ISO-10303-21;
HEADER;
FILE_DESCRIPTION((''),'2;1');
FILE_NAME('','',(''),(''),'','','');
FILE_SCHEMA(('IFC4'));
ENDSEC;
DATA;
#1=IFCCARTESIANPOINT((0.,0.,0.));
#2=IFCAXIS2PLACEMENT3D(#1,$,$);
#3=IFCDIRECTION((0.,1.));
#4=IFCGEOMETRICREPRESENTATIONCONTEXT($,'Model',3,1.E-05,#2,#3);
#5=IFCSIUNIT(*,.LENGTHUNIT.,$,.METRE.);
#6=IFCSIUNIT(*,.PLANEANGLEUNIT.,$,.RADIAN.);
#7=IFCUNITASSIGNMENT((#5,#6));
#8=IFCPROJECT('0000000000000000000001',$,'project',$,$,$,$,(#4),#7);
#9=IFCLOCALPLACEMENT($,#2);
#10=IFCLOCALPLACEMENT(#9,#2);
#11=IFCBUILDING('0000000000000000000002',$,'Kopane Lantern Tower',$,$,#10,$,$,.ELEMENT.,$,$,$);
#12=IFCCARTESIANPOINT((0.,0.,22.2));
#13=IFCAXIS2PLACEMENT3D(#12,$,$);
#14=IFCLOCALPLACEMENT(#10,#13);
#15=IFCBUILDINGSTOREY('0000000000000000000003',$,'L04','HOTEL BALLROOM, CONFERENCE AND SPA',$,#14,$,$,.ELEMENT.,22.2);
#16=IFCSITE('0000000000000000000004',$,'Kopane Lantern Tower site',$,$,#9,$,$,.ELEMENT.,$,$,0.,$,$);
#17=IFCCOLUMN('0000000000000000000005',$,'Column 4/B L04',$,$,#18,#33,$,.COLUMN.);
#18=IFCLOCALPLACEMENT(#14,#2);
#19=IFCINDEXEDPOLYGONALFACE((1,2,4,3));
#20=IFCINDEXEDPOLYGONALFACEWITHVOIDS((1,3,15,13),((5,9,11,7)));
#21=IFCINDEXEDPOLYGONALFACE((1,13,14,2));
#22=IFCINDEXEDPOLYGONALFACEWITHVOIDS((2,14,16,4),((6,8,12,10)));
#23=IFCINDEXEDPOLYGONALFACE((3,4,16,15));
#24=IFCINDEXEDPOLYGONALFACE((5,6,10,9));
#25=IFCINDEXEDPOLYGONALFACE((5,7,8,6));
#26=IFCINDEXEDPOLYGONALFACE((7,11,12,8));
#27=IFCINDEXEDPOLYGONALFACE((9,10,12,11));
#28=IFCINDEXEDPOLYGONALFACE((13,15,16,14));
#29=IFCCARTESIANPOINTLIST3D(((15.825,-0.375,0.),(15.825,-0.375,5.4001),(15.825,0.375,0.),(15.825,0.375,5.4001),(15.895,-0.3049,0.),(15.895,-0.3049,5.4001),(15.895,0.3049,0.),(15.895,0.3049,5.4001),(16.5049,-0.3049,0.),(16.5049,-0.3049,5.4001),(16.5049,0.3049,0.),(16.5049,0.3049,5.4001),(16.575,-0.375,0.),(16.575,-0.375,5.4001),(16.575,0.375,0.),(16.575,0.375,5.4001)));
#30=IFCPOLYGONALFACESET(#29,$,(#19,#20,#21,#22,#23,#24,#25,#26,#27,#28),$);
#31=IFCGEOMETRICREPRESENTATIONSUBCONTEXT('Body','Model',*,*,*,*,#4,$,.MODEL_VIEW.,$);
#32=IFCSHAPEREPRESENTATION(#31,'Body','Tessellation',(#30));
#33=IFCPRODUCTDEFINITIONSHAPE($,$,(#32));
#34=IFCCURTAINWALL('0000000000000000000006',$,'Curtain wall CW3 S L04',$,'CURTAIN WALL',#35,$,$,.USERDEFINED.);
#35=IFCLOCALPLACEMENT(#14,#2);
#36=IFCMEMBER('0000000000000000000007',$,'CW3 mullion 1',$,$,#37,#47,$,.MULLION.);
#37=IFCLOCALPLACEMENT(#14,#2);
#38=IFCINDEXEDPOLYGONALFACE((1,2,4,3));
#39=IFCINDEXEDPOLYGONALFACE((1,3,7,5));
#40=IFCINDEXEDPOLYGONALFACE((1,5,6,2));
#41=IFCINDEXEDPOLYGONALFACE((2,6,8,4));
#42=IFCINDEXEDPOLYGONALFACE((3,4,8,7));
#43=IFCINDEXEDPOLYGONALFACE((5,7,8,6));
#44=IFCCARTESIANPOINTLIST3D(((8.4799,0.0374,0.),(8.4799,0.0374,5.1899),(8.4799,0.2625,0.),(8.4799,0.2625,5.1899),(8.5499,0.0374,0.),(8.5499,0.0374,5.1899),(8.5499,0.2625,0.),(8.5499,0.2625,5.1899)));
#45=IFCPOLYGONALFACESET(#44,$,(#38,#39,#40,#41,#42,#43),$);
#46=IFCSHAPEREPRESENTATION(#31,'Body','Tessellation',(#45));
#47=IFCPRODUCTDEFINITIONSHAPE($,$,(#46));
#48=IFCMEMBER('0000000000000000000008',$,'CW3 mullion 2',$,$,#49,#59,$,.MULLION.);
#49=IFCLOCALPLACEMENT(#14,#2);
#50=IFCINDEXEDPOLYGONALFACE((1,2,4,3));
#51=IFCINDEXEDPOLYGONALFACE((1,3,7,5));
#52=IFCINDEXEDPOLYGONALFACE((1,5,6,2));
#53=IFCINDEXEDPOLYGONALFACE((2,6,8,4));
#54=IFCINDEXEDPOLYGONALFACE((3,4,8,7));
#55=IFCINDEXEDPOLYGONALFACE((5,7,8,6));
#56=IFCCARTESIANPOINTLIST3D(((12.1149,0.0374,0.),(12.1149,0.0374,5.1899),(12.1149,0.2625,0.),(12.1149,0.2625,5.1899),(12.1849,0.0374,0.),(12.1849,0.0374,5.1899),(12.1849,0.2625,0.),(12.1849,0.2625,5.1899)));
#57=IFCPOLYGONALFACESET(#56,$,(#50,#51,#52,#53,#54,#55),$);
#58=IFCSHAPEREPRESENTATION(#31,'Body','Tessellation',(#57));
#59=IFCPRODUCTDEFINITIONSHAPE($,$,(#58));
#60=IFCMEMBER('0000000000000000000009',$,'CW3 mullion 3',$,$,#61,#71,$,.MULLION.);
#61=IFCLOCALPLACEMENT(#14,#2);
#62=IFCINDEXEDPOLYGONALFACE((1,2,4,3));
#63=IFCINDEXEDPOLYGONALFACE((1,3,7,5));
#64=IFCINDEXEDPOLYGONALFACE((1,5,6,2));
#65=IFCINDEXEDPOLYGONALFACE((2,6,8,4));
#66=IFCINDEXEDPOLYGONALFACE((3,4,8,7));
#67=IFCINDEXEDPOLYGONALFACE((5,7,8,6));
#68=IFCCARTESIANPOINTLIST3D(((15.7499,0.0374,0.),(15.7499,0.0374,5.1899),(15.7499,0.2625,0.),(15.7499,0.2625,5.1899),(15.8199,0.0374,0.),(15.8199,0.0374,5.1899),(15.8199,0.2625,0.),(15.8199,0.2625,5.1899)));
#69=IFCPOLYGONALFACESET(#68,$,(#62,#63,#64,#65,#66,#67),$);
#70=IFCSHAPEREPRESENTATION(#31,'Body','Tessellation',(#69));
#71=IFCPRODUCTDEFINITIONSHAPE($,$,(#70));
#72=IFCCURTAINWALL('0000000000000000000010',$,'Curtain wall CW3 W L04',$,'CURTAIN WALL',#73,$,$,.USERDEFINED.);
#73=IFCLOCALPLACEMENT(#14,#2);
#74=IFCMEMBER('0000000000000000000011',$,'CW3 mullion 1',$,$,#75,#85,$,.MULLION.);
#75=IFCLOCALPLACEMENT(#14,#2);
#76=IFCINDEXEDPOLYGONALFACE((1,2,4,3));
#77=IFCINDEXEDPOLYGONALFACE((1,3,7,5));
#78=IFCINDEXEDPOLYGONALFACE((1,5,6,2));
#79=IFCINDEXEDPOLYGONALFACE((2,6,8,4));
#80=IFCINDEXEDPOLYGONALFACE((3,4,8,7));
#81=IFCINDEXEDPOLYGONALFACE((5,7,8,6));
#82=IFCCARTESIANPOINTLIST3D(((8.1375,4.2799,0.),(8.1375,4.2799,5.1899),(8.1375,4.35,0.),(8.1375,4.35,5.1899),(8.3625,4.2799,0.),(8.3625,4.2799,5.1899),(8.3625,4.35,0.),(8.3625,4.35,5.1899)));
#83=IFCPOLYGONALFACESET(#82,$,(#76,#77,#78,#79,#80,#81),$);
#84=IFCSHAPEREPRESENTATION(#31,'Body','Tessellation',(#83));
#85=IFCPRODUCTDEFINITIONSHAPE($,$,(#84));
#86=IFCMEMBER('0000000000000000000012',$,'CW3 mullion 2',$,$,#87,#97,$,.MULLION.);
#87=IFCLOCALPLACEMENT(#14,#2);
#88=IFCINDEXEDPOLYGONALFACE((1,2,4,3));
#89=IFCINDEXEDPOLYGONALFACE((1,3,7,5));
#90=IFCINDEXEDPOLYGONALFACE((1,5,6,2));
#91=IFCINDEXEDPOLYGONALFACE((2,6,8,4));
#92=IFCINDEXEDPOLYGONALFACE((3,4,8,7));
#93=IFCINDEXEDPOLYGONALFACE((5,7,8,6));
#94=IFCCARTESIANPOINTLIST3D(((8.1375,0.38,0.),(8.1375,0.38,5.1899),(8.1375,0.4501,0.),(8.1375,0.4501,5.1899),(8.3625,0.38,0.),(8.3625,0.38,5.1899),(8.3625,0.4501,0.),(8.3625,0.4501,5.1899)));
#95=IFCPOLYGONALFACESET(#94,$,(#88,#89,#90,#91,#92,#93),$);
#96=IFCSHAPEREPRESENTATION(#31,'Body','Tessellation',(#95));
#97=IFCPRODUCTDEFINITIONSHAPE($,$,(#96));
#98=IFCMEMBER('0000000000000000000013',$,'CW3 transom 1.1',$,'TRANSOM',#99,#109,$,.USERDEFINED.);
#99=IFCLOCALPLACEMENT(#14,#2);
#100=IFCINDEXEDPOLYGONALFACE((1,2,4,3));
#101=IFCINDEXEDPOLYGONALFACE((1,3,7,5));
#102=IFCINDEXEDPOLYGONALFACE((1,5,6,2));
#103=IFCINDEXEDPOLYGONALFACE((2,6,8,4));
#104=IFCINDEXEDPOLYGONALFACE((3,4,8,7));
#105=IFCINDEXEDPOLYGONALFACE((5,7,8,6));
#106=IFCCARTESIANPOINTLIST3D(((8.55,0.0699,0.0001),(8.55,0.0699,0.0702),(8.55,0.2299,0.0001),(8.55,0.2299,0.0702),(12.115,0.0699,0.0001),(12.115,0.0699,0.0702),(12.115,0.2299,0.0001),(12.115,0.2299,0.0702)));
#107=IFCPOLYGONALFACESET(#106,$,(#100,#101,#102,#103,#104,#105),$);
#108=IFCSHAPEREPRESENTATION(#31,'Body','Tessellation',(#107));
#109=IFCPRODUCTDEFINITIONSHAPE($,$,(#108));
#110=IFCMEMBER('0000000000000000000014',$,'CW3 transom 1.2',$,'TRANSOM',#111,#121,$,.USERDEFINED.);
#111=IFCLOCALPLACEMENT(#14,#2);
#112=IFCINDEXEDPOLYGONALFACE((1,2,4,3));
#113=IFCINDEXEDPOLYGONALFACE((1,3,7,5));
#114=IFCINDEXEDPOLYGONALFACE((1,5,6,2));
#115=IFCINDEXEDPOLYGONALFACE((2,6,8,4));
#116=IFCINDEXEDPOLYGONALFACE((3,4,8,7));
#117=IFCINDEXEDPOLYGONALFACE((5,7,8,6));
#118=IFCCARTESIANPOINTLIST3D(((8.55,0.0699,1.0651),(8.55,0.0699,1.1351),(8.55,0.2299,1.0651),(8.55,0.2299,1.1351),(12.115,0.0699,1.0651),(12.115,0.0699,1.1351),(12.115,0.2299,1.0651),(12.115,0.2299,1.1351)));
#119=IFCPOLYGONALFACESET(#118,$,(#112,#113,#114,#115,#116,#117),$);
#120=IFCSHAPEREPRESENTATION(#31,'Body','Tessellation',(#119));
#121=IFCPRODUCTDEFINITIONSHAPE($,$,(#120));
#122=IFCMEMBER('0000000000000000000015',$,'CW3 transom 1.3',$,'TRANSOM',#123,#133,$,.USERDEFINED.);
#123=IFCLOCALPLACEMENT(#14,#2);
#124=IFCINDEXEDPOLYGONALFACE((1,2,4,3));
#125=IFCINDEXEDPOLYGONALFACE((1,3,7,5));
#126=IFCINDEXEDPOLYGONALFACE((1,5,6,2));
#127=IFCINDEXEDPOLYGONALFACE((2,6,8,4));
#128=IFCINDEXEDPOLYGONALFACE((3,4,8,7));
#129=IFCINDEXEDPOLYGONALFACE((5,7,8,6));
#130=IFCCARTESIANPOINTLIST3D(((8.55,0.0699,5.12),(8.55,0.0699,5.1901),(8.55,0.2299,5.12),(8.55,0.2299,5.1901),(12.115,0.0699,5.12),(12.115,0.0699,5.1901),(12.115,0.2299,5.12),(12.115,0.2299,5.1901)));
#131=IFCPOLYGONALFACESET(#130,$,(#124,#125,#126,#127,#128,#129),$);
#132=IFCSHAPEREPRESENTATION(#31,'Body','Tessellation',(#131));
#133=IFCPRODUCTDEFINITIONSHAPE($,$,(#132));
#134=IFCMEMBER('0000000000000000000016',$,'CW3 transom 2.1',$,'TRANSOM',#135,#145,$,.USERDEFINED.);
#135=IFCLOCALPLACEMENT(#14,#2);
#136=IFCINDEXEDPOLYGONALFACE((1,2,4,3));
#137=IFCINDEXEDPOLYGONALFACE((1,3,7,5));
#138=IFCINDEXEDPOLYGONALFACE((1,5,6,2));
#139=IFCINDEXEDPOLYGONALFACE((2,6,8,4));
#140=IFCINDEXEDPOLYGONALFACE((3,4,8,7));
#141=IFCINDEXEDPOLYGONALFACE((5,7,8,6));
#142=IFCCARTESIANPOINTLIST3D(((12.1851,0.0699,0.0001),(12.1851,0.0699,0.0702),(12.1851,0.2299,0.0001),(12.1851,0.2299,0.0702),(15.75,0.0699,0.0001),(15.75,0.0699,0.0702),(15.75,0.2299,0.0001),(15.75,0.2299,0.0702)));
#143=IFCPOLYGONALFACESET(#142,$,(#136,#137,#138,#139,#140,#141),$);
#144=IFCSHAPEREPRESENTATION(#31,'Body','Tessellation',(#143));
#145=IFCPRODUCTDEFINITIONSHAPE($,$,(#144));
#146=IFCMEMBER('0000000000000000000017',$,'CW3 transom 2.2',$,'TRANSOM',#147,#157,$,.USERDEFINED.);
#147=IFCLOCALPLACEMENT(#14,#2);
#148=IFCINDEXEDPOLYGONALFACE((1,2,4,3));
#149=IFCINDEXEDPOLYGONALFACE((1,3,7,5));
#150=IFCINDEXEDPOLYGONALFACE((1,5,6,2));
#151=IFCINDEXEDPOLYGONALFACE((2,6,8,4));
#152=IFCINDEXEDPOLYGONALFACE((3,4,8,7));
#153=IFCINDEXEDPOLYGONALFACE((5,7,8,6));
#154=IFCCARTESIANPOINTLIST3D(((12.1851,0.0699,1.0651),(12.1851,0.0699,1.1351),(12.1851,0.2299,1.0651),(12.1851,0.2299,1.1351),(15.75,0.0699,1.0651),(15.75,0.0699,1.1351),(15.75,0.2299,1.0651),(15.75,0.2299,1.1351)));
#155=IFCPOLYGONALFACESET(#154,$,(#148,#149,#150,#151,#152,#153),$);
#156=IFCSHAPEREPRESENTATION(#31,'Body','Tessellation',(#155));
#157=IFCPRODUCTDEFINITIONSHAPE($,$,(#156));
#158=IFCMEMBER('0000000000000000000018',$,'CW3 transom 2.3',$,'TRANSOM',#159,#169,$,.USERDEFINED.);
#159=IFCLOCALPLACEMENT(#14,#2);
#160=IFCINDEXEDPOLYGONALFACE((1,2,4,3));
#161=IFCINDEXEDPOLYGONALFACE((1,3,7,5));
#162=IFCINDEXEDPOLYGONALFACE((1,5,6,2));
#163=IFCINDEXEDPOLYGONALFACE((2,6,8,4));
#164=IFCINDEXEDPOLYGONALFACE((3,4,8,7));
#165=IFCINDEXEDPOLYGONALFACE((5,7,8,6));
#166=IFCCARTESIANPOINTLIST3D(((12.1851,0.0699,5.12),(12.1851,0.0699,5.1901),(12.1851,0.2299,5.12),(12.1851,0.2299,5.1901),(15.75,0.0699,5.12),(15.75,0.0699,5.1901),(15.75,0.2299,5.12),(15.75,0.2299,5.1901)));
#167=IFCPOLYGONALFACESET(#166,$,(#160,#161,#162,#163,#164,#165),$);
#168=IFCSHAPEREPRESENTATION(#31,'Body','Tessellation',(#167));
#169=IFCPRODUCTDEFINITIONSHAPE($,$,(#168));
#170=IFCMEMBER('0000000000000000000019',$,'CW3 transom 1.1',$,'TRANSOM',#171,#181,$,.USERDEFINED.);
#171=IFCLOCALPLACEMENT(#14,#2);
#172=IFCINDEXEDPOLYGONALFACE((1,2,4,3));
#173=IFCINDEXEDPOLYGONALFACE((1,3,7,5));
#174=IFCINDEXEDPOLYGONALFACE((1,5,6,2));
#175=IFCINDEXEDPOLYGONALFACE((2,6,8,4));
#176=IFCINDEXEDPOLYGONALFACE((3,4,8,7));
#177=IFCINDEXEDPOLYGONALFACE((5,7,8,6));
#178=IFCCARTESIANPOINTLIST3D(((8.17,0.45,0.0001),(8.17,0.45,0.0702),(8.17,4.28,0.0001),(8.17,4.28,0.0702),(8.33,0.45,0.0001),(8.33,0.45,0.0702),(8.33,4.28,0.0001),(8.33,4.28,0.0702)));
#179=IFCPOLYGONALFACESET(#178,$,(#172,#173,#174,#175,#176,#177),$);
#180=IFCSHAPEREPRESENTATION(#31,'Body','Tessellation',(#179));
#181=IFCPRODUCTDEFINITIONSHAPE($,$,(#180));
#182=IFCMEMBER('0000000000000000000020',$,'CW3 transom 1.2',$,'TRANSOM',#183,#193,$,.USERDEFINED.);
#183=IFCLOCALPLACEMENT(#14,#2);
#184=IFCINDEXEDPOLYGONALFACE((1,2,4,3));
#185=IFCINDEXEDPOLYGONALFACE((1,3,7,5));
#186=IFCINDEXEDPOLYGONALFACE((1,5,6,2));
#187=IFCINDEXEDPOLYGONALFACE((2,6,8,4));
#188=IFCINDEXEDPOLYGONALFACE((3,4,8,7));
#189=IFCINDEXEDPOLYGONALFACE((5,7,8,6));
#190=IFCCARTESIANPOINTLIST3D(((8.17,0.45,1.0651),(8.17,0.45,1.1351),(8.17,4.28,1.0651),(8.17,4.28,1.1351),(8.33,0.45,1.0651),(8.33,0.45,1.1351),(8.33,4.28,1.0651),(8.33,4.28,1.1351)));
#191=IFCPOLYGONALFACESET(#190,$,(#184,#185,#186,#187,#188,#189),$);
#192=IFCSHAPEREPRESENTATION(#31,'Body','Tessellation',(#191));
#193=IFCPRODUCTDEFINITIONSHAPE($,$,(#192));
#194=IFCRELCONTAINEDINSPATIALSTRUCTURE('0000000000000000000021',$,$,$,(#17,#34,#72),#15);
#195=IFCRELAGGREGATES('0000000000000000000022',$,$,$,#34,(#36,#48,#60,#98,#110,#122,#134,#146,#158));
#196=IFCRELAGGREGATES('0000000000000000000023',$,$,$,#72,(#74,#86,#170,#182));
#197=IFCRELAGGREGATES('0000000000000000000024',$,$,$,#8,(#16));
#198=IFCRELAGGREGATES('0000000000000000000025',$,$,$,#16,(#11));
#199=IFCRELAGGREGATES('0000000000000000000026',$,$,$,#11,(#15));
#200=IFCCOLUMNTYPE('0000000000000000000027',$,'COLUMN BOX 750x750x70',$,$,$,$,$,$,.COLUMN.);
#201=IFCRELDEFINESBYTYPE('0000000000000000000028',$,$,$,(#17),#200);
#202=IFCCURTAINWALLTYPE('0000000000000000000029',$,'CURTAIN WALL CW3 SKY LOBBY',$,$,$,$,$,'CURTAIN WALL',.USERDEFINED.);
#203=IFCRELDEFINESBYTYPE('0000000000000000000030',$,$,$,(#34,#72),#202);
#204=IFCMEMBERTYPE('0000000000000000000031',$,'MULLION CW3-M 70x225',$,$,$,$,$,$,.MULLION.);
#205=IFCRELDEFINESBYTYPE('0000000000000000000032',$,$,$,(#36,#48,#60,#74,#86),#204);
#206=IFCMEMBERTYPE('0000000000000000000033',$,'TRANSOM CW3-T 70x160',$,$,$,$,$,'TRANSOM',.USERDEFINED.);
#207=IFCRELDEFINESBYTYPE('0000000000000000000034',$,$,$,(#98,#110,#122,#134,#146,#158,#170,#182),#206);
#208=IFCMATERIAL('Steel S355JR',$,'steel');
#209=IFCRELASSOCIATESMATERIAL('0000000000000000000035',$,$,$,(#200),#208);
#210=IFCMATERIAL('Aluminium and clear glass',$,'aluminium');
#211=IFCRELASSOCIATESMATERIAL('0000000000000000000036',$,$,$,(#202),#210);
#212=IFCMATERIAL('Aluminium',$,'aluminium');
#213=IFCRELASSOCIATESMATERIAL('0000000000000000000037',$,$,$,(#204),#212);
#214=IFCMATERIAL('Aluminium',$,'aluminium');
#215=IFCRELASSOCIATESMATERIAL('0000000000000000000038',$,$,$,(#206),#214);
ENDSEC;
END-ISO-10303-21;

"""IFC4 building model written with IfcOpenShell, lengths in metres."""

from ifc_helpers import new_model, si_unit, direction, frame, origin, origin_2d, place, context, subcontext, project, spatial, rectangle, hollow_rectangle, extrude, material, material_profile, profile_set, type_object, element, aggregate, save


model = new_model("IFC4")

# Units and contexts
model_context = context("Model", 3, precision=1e-05, world=origin(), true_north=direction((0.0, 1.0)))
body_context = subcontext(model_context, "Body", "Model", "MODEL_VIEW")
ifc_project = project(units=[si_unit("LENGTHUNIT", "METRE"), si_unit("PLANEANGLEUNIT", "RADIAN")], contexts=[model_context])

# Site, building, storey
site_placement = place(None, origin())
site = spatial("IfcSite", under=ifc_project, at=site_placement, Name="Kopane Lantern Tower site", CompositionType="ELEMENT", RefElevation=0.0)
building_placement = place(site_placement, origin())
building = spatial("IfcBuilding", under=site, at=building_placement, Name="Kopane Lantern Tower", CompositionType="ELEMENT")
storey_placement = place(building_placement, frame((0.0, 0.0, 22.2)))
storey = spatial("IfcBuildingStorey", under=building, at=storey_placement, Name="L04", Description="HOTEL BALLROOM, CONFERENCE AND SPA", CompositionType="ELEMENT", Elevation=22.2)

# Column
ifc_material_1 = material(Name="Steel S355JR", Category="steel")
ifc_material_profile_1 = material_profile(ifc_material_1, hollow_rectangle(XDim=0.75, YDim=0.75, WallThickness=0.0701, at=origin_2d()), Name="BOX 750x750x70")
ifc_profile_set_1 = profile_set([ifc_material_profile_1], Name="Steel S355JR")
column_type = type_object("IfcColumnType", Name="COLUMN BOX 750x750x70", PredefinedType="COLUMN", material=ifc_profile_set_1)
column_placement = place(storey_placement, frame((16.2, 0.0, 0.0), z_axis=(0.0, 0.0, 1.0), x_axis=(1.0, 0.0, 0.0)))
element("IfcColumn", 1, at=column_placement, inside=storey, type_object=column_type, Name="Column 4/B L04", PredefinedType="COLUMN", context=body_context, shape_type="SweptSolid", body=[
    extrude(hollow_rectangle(XDim=0.75, YDim=0.75, WallThickness=0.0701, at=origin_2d()), origin(), (0.0, 0.0, 1.0), 5.4001),
])

# Curtain walls, members
ifc_material_2 = material(Name="Aluminium and clear glass", Category="aluminium")
curtain_wall_type = type_object("IfcCurtainWallType", Name="CURTAIN WALL CW3 SKY LOBBY", ElementType="CURTAIN WALL", PredefinedType="USERDEFINED", material=ifc_material_2)
curtain_wall_1_placement = place(storey_placement, origin())
curtain_wall_1 = element("IfcCurtainWall", 2, at=curtain_wall_1_placement, inside=storey, type_object=curtain_wall_type, Name="Curtain wall CW3 S L04", ObjectType="CURTAIN WALL", PredefinedType="USERDEFINED")
ifc_material_3 = material(Name="Aluminium", Category="aluminium")
ifc_material_profile_2 = material_profile(ifc_material_3, rectangle(XDim=0.0701, YDim=0.2251, at=origin_2d()), Name="AL 70x225")
ifc_profile_set_2 = profile_set([ifc_material_profile_2], Name="Aluminium")
member_type_1 = type_object("IfcMemberType", Name="MULLION CW3-M 70x225", PredefinedType="MULLION", material=ifc_profile_set_2)
member_1_placement = place(storey_placement, frame((8.5149, 0.1499, 0.0), z_axis=(0.0, 0.0, 1.0), x_axis=(1.0, 0.0, 0.0)))
member_1 = element("IfcMember", 3, at=member_1_placement, type_object=member_type_1, Name="CW3 mullion 1", PredefinedType="MULLION", context=body_context, shape_type="SweptSolid", body=[
    extrude(rectangle(XDim=0.0701, YDim=0.2251, at=origin_2d()), origin(), (0.0, 0.0, 1.0), 5.1899),
])
member_2_placement = place(storey_placement, frame((12.1499, 0.1499, 0.0), z_axis=(0.0, 0.0, 1.0), x_axis=(1.0, 0.0, 0.0)))
member_2 = element("IfcMember", 4, at=member_2_placement, type_object=member_type_1, Name="CW3 mullion 2", PredefinedType="MULLION", context=body_context, shape_type="SweptSolid", body=[
    extrude(rectangle(XDim=0.0701, YDim=0.2251, at=origin_2d()), origin(), (0.0, 0.0, 1.0), 5.1899),
])
member_3_placement = place(storey_placement, frame((15.7849, 0.1499, 0.0), z_axis=(0.0, 0.0, 1.0), x_axis=(1.0, 0.0, 0.0)))
member_3 = element("IfcMember", 5, at=member_3_placement, type_object=member_type_1, Name="CW3 mullion 3", PredefinedType="MULLION", context=body_context, shape_type="SweptSolid", body=[
    extrude(rectangle(XDim=0.0701, YDim=0.2251, at=origin_2d()), origin(), (0.0, 0.0, 1.0), 5.1899),
])
curtain_wall_2_placement = place(storey_placement, origin())
curtain_wall_2 = element("IfcCurtainWall", 6, at=curtain_wall_2_placement, inside=storey, type_object=curtain_wall_type, Name="Curtain wall CW3 W L04", ObjectType="CURTAIN WALL", PredefinedType="USERDEFINED")
member_4_placement = place(storey_placement, frame((8.25, 4.3149, 0.0), z_axis=(0.0, 0.0, 1.0), x_axis=(0.0, -1.0, 0.0)))
member_4 = element("IfcMember", 7, at=member_4_placement, type_object=member_type_1, Name="CW3 mullion 1", PredefinedType="MULLION", context=body_context, shape_type="SweptSolid", body=[
    extrude(rectangle(XDim=0.0701, YDim=0.2251, at=origin_2d()), origin(), (0.0, 0.0, 1.0), 5.1899),
])
member_5_placement = place(storey_placement, frame((8.25, 0.415, 0.0), z_axis=(0.0, 0.0, 1.0), x_axis=(0.0, -1.0, 0.0)))
member_5 = element("IfcMember", 8, at=member_5_placement, type_object=member_type_1, Name="CW3 mullion 2", PredefinedType="MULLION", context=body_context, shape_type="SweptSolid", body=[
    extrude(rectangle(XDim=0.0701, YDim=0.2251, at=origin_2d()), origin(), (0.0, 0.0, 1.0), 5.1899),
])

# Members
ifc_material_4 = material(Name="Aluminium", Category="aluminium")
ifc_material_profile_3 = material_profile(ifc_material_4, rectangle(XDim=0.1599, YDim=0.0701, at=origin_2d()), Name="AL 160x70")
ifc_profile_set_3 = profile_set([ifc_material_profile_3], Name="Aluminium")
member_type_2 = type_object("IfcMemberType", Name="TRANSOM CW3-T 70x160", ElementType="TRANSOM", PredefinedType="USERDEFINED", material=ifc_profile_set_3)
member_6_placement = place(storey_placement, frame((8.55, 0.1499, 0.0352), z_axis=(1.0, 0.0, 0.0), x_axis=(0.0, 1.0, 0.0)))
member_6 = element("IfcMember", 9, at=member_6_placement, type_object=member_type_2, Name="CW3 transom 1.1", ObjectType="TRANSOM", PredefinedType="USERDEFINED", context=body_context, shape_type="SweptSolid", body=[
    extrude(rectangle(XDim=0.1599, YDim=0.0701, at=origin_2d()), origin(), (0.0, 0.0, 1.0), 3.5649),
])
member_7_placement = place(storey_placement, frame((8.55, 0.1499, 1.1001), z_axis=(1.0, 0.0, 0.0), x_axis=(0.0, 1.0, 0.0)))
member_7 = element("IfcMember", 10, at=member_7_placement, type_object=member_type_2, Name="CW3 transom 1.2", ObjectType="TRANSOM", PredefinedType="USERDEFINED", context=body_context, shape_type="SweptSolid", body=[
    extrude(rectangle(XDim=0.1599, YDim=0.0701, at=origin_2d()), origin(), (0.0, 0.0, 1.0), 3.5649),
])
member_8_placement = place(storey_placement, frame((8.55, 0.1499, 5.155), z_axis=(1.0, 0.0, 0.0), x_axis=(0.0, 1.0, 0.0)))
member_8 = element("IfcMember", 11, at=member_8_placement, type_object=member_type_2, Name="CW3 transom 1.3", ObjectType="TRANSOM", PredefinedType="USERDEFINED", context=body_context, shape_type="SweptSolid", body=[
    extrude(rectangle(XDim=0.1599, YDim=0.0701, at=origin_2d()), origin(), (0.0, 0.0, 1.0), 3.5649),
])
member_9_placement = place(storey_placement, frame((12.1851, 0.1499, 0.0352), z_axis=(1.0, 0.0, 0.0), x_axis=(0.0, 1.0, 0.0)))
member_9 = element("IfcMember", 12, at=member_9_placement, type_object=member_type_2, Name="CW3 transom 2.1", ObjectType="TRANSOM", PredefinedType="USERDEFINED", context=body_context, shape_type="SweptSolid", body=[
    extrude(rectangle(XDim=0.1599, YDim=0.0701, at=origin_2d()), origin(), (0.0, 0.0, 1.0), 3.5649),
])
member_10_placement = place(storey_placement, frame((12.1851, 0.1499, 1.1001), z_axis=(1.0, 0.0, 0.0), x_axis=(0.0, 1.0, 0.0)))
member_10 = element("IfcMember", 13, at=member_10_placement, type_object=member_type_2, Name="CW3 transom 2.2", ObjectType="TRANSOM", PredefinedType="USERDEFINED", context=body_context, shape_type="SweptSolid", body=[
    extrude(rectangle(XDim=0.1599, YDim=0.0701, at=origin_2d()), origin(), (0.0, 0.0, 1.0), 3.5649),
])
member_11_placement = place(storey_placement, frame((12.1851, 0.1499, 5.155), z_axis=(1.0, 0.0, 0.0), x_axis=(0.0, 1.0, 0.0)))
member_11 = element("IfcMember", 14, at=member_11_placement, type_object=member_type_2, Name="CW3 transom 2.3", ObjectType="TRANSOM", PredefinedType="USERDEFINED", context=body_context, shape_type="SweptSolid", body=[
    extrude(rectangle(XDim=0.1599, YDim=0.0701, at=origin_2d()), origin(), (0.0, 0.0, 1.0), 3.5649),
])
member_12_placement = place(storey_placement, frame((8.25, 4.28, 0.0352), z_axis=(0.0, -1.0, 0.0), x_axis=(1.0, 0.0, 0.0)))
member_12 = element("IfcMember", 15, at=member_12_placement, type_object=member_type_2, Name="CW3 transom 1.1", ObjectType="TRANSOM", PredefinedType="USERDEFINED", context=body_context, shape_type="SweptSolid", body=[
    extrude(rectangle(XDim=0.1599, YDim=0.0701, at=origin_2d()), origin(), (0.0, 0.0, 1.0), 3.8301),
])
member_13_placement = place(storey_placement, frame((8.25, 4.28, 1.1001), z_axis=(0.0, -1.0, 0.0), x_axis=(1.0, 0.0, 0.0)))
member_13 = element("IfcMember", 16, at=member_13_placement, type_object=member_type_2, Name="CW3 transom 1.2", ObjectType="TRANSOM", PredefinedType="USERDEFINED", context=body_context, shape_type="SweptSolid", body=[
    extrude(rectangle(XDim=0.1599, YDim=0.0701, at=origin_2d()), origin(), (0.0, 0.0, 1.0), 3.8301),
])

aggregate(curtain_wall_1, [member_1, member_2, member_3, member_6, member_7, member_8, member_9, member_10, member_11])
aggregate(curtain_wall_2, [member_4, member_5, member_12, member_13])

save(model, "model.ifc")
